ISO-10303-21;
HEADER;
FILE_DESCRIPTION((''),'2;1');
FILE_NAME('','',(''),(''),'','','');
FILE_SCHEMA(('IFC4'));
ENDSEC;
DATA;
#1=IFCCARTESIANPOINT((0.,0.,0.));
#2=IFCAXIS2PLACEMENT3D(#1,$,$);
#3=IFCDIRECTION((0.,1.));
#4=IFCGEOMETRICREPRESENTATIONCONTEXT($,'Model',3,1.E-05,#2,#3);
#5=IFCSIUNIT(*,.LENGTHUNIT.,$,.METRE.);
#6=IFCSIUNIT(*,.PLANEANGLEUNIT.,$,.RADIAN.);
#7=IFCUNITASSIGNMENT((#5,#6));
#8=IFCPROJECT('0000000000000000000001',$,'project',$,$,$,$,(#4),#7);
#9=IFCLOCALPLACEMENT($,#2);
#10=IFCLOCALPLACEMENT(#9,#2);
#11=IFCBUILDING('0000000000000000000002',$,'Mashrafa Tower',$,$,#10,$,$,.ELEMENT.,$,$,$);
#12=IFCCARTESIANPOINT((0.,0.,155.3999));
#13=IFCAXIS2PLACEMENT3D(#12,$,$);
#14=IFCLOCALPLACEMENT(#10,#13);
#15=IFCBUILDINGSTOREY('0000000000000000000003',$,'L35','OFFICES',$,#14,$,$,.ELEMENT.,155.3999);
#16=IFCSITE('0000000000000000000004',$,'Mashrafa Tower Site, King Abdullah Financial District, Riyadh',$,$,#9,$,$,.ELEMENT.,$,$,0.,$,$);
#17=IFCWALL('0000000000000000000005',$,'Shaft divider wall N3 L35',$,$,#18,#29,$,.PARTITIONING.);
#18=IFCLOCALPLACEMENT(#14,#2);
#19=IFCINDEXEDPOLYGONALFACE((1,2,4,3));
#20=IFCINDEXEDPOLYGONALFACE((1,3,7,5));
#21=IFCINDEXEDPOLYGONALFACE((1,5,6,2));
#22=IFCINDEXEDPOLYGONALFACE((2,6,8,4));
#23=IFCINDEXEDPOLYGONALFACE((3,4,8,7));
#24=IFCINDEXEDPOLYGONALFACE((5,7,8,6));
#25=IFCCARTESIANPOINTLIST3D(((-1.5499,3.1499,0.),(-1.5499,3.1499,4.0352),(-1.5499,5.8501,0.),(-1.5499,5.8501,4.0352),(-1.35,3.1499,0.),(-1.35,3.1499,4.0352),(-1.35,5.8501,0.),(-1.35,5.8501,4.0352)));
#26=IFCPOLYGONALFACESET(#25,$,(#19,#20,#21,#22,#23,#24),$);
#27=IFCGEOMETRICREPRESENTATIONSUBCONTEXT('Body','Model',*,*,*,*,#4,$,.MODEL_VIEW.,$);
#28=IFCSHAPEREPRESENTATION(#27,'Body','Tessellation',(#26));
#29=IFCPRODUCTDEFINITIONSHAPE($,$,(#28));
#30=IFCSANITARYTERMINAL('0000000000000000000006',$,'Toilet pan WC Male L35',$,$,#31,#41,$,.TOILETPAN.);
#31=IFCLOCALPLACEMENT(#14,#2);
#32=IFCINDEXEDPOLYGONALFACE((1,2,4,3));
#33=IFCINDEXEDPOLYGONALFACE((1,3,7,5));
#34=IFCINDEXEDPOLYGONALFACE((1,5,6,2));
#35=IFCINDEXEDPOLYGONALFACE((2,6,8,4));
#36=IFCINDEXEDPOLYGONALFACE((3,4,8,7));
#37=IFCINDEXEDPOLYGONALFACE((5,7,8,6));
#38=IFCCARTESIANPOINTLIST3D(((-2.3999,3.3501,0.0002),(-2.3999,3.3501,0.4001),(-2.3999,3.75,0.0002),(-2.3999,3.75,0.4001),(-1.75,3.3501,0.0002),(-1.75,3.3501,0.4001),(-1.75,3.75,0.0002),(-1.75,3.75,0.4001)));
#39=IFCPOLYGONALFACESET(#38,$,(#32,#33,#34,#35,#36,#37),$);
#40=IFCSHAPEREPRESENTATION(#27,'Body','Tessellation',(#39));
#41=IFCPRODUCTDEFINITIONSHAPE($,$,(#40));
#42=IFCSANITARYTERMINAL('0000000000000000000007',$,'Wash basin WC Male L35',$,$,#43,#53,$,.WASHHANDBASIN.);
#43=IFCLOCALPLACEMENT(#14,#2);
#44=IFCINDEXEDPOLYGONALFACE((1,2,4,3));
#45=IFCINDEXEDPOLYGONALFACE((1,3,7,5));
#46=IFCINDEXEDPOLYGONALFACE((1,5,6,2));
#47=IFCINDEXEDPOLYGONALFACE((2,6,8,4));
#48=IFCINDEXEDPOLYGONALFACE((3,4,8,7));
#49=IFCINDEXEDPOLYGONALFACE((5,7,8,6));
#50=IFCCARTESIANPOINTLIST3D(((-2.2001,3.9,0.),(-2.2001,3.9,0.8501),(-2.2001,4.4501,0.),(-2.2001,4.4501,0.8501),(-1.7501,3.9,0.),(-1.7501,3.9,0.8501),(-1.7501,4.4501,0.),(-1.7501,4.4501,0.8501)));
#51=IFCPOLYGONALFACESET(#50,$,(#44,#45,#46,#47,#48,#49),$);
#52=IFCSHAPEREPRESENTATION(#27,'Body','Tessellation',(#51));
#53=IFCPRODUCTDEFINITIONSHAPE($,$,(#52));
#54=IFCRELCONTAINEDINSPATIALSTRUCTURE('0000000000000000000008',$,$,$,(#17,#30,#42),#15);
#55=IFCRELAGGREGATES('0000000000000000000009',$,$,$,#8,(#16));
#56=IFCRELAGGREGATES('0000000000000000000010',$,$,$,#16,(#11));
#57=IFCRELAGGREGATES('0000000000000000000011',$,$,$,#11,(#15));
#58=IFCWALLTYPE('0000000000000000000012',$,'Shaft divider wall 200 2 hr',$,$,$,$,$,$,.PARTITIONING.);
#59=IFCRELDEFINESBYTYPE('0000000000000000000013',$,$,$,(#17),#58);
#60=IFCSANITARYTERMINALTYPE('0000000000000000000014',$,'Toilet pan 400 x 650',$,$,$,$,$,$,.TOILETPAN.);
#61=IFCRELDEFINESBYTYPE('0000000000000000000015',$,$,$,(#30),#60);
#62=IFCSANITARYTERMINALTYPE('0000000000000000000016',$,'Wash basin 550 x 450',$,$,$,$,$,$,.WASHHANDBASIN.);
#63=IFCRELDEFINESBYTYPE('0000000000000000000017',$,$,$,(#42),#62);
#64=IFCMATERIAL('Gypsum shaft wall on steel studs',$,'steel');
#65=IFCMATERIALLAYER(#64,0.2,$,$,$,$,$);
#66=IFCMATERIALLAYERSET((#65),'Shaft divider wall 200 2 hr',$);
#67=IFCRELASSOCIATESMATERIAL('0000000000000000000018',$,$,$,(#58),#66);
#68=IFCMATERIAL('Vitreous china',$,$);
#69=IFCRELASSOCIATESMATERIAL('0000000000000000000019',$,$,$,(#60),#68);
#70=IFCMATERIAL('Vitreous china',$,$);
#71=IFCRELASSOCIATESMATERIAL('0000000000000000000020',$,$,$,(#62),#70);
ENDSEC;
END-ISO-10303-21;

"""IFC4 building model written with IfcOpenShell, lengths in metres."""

from ifc_helpers import new_model, si_unit, direction, frame, frame_2d, origin, origin_2d, place, context, subcontext, project, spatial, rectangle, extrude, material, layer, layer_set, type_object, element, save


model = new_model("IFC4")

# Units and contexts
model_context = context("Model", 3, precision=1e-05, world=origin(), true_north=direction((0.0, 1.0)))
body_context = subcontext(model_context, "Body", "Model", "MODEL_VIEW")
ifc_project = project(units=[si_unit("LENGTHUNIT", "METRE"), si_unit("PLANEANGLEUNIT", "RADIAN")], contexts=[model_context])

# Site, building, storey
site_placement = place(None, origin())
site = spatial("IfcSite", under=ifc_project, at=site_placement, Name="Mashrafa Tower Site, King Abdullah Financial District, Riyadh", CompositionType="ELEMENT", RefElevation=0.0)
building_placement = place(site_placement, origin())
building = spatial("IfcBuilding", under=site, at=building_placement, Name="Mashrafa Tower", CompositionType="ELEMENT")
storey_placement = place(building_placement, frame((0.0, 0.0, 155.3999)))
storey = spatial("IfcBuildingStorey", under=building, at=storey_placement, Name="L35", Description="OFFICES", CompositionType="ELEMENT", Elevation=155.3999)

# Wall
ifc_material_1 = material(Name="Gypsum shaft wall on steel studs", Category="steel")
ifc_layer_1 = layer(ifc_material_1, 0.2)
ifc_layer_set_1 = layer_set([ifc_layer_1], Name="Shaft divider wall 200 2 hr")
wall_type_1 = type_object("IfcWallType", Name="Shaft divider wall 200 2 hr", PredefinedType="PARTITIONING", material=ifc_layer_set_1)
wall_1_placement = place(storey_placement, frame((-1.45, 3.1499, 0.0), z_axis=(0.0, 0.0, 1.0), x_axis=(0.0, 1.0, 0.0)))
element("IfcWall", 1, at=wall_1_placement, inside=storey, type_object=wall_type_1, Name="Shaft divider wall N3 L35", PredefinedType="PARTITIONING", context=body_context, shape_type="SweptSolid", body=[
    extrude(rectangle(XDim=2.7002, YDim=0.2, at=frame_2d((1.3501, 0.0))), origin(), (0.0, 0.0, 1.0), 4.0352),
])

# Sanitary terminals
ifc_material_2 = material(Name="Vitreous china")
sanitary_terminal_type_1 = type_object("IfcSanitaryTerminalType", Name="Toilet pan 400 x 650", PredefinedType="TOILETPAN", material=ifc_material_2)
sanitary_terminal_1_placement = place(storey_placement, frame((-2.075, 3.55, 0.0002), z_axis=(0.0, 0.0, 1.0), x_axis=(0.0, 1.0, 0.0)))
element("IfcSanitaryTerminal", 2, at=sanitary_terminal_1_placement, inside=storey, type_object=sanitary_terminal_type_1, Name="Toilet pan WC Male L35", PredefinedType="TOILETPAN", context=body_context, shape_type="SweptSolid", body=[
    extrude(rectangle(XDim=0.3999, YDim=0.6499, at=origin_2d()), origin(), (0.0, 0.0, 1.0), 0.3999),
])
ifc_material_3 = material(Name="Vitreous china")
sanitary_terminal_type_2 = type_object("IfcSanitaryTerminalType", Name="Wash basin 550 x 450", PredefinedType="WASHHANDBASIN", material=ifc_material_3)
sanitary_terminal_2_placement = place(storey_placement, frame((-1.9751, 4.175, 0.0), z_axis=(0.0, 0.0, 1.0), x_axis=(0.0, 1.0, 0.0)))
element("IfcSanitaryTerminal", 3, at=sanitary_terminal_2_placement, inside=storey, type_object=sanitary_terminal_type_2, Name="Wash basin WC Male L35", PredefinedType="WASHHANDBASIN", context=body_context, shape_type="SweptSolid", body=[
    extrude(rectangle(XDim=0.55, YDim=0.45, at=origin_2d()), origin(), (0.0, 0.0, 1.0), 0.8501),
])

save(model, "model.ifc")
